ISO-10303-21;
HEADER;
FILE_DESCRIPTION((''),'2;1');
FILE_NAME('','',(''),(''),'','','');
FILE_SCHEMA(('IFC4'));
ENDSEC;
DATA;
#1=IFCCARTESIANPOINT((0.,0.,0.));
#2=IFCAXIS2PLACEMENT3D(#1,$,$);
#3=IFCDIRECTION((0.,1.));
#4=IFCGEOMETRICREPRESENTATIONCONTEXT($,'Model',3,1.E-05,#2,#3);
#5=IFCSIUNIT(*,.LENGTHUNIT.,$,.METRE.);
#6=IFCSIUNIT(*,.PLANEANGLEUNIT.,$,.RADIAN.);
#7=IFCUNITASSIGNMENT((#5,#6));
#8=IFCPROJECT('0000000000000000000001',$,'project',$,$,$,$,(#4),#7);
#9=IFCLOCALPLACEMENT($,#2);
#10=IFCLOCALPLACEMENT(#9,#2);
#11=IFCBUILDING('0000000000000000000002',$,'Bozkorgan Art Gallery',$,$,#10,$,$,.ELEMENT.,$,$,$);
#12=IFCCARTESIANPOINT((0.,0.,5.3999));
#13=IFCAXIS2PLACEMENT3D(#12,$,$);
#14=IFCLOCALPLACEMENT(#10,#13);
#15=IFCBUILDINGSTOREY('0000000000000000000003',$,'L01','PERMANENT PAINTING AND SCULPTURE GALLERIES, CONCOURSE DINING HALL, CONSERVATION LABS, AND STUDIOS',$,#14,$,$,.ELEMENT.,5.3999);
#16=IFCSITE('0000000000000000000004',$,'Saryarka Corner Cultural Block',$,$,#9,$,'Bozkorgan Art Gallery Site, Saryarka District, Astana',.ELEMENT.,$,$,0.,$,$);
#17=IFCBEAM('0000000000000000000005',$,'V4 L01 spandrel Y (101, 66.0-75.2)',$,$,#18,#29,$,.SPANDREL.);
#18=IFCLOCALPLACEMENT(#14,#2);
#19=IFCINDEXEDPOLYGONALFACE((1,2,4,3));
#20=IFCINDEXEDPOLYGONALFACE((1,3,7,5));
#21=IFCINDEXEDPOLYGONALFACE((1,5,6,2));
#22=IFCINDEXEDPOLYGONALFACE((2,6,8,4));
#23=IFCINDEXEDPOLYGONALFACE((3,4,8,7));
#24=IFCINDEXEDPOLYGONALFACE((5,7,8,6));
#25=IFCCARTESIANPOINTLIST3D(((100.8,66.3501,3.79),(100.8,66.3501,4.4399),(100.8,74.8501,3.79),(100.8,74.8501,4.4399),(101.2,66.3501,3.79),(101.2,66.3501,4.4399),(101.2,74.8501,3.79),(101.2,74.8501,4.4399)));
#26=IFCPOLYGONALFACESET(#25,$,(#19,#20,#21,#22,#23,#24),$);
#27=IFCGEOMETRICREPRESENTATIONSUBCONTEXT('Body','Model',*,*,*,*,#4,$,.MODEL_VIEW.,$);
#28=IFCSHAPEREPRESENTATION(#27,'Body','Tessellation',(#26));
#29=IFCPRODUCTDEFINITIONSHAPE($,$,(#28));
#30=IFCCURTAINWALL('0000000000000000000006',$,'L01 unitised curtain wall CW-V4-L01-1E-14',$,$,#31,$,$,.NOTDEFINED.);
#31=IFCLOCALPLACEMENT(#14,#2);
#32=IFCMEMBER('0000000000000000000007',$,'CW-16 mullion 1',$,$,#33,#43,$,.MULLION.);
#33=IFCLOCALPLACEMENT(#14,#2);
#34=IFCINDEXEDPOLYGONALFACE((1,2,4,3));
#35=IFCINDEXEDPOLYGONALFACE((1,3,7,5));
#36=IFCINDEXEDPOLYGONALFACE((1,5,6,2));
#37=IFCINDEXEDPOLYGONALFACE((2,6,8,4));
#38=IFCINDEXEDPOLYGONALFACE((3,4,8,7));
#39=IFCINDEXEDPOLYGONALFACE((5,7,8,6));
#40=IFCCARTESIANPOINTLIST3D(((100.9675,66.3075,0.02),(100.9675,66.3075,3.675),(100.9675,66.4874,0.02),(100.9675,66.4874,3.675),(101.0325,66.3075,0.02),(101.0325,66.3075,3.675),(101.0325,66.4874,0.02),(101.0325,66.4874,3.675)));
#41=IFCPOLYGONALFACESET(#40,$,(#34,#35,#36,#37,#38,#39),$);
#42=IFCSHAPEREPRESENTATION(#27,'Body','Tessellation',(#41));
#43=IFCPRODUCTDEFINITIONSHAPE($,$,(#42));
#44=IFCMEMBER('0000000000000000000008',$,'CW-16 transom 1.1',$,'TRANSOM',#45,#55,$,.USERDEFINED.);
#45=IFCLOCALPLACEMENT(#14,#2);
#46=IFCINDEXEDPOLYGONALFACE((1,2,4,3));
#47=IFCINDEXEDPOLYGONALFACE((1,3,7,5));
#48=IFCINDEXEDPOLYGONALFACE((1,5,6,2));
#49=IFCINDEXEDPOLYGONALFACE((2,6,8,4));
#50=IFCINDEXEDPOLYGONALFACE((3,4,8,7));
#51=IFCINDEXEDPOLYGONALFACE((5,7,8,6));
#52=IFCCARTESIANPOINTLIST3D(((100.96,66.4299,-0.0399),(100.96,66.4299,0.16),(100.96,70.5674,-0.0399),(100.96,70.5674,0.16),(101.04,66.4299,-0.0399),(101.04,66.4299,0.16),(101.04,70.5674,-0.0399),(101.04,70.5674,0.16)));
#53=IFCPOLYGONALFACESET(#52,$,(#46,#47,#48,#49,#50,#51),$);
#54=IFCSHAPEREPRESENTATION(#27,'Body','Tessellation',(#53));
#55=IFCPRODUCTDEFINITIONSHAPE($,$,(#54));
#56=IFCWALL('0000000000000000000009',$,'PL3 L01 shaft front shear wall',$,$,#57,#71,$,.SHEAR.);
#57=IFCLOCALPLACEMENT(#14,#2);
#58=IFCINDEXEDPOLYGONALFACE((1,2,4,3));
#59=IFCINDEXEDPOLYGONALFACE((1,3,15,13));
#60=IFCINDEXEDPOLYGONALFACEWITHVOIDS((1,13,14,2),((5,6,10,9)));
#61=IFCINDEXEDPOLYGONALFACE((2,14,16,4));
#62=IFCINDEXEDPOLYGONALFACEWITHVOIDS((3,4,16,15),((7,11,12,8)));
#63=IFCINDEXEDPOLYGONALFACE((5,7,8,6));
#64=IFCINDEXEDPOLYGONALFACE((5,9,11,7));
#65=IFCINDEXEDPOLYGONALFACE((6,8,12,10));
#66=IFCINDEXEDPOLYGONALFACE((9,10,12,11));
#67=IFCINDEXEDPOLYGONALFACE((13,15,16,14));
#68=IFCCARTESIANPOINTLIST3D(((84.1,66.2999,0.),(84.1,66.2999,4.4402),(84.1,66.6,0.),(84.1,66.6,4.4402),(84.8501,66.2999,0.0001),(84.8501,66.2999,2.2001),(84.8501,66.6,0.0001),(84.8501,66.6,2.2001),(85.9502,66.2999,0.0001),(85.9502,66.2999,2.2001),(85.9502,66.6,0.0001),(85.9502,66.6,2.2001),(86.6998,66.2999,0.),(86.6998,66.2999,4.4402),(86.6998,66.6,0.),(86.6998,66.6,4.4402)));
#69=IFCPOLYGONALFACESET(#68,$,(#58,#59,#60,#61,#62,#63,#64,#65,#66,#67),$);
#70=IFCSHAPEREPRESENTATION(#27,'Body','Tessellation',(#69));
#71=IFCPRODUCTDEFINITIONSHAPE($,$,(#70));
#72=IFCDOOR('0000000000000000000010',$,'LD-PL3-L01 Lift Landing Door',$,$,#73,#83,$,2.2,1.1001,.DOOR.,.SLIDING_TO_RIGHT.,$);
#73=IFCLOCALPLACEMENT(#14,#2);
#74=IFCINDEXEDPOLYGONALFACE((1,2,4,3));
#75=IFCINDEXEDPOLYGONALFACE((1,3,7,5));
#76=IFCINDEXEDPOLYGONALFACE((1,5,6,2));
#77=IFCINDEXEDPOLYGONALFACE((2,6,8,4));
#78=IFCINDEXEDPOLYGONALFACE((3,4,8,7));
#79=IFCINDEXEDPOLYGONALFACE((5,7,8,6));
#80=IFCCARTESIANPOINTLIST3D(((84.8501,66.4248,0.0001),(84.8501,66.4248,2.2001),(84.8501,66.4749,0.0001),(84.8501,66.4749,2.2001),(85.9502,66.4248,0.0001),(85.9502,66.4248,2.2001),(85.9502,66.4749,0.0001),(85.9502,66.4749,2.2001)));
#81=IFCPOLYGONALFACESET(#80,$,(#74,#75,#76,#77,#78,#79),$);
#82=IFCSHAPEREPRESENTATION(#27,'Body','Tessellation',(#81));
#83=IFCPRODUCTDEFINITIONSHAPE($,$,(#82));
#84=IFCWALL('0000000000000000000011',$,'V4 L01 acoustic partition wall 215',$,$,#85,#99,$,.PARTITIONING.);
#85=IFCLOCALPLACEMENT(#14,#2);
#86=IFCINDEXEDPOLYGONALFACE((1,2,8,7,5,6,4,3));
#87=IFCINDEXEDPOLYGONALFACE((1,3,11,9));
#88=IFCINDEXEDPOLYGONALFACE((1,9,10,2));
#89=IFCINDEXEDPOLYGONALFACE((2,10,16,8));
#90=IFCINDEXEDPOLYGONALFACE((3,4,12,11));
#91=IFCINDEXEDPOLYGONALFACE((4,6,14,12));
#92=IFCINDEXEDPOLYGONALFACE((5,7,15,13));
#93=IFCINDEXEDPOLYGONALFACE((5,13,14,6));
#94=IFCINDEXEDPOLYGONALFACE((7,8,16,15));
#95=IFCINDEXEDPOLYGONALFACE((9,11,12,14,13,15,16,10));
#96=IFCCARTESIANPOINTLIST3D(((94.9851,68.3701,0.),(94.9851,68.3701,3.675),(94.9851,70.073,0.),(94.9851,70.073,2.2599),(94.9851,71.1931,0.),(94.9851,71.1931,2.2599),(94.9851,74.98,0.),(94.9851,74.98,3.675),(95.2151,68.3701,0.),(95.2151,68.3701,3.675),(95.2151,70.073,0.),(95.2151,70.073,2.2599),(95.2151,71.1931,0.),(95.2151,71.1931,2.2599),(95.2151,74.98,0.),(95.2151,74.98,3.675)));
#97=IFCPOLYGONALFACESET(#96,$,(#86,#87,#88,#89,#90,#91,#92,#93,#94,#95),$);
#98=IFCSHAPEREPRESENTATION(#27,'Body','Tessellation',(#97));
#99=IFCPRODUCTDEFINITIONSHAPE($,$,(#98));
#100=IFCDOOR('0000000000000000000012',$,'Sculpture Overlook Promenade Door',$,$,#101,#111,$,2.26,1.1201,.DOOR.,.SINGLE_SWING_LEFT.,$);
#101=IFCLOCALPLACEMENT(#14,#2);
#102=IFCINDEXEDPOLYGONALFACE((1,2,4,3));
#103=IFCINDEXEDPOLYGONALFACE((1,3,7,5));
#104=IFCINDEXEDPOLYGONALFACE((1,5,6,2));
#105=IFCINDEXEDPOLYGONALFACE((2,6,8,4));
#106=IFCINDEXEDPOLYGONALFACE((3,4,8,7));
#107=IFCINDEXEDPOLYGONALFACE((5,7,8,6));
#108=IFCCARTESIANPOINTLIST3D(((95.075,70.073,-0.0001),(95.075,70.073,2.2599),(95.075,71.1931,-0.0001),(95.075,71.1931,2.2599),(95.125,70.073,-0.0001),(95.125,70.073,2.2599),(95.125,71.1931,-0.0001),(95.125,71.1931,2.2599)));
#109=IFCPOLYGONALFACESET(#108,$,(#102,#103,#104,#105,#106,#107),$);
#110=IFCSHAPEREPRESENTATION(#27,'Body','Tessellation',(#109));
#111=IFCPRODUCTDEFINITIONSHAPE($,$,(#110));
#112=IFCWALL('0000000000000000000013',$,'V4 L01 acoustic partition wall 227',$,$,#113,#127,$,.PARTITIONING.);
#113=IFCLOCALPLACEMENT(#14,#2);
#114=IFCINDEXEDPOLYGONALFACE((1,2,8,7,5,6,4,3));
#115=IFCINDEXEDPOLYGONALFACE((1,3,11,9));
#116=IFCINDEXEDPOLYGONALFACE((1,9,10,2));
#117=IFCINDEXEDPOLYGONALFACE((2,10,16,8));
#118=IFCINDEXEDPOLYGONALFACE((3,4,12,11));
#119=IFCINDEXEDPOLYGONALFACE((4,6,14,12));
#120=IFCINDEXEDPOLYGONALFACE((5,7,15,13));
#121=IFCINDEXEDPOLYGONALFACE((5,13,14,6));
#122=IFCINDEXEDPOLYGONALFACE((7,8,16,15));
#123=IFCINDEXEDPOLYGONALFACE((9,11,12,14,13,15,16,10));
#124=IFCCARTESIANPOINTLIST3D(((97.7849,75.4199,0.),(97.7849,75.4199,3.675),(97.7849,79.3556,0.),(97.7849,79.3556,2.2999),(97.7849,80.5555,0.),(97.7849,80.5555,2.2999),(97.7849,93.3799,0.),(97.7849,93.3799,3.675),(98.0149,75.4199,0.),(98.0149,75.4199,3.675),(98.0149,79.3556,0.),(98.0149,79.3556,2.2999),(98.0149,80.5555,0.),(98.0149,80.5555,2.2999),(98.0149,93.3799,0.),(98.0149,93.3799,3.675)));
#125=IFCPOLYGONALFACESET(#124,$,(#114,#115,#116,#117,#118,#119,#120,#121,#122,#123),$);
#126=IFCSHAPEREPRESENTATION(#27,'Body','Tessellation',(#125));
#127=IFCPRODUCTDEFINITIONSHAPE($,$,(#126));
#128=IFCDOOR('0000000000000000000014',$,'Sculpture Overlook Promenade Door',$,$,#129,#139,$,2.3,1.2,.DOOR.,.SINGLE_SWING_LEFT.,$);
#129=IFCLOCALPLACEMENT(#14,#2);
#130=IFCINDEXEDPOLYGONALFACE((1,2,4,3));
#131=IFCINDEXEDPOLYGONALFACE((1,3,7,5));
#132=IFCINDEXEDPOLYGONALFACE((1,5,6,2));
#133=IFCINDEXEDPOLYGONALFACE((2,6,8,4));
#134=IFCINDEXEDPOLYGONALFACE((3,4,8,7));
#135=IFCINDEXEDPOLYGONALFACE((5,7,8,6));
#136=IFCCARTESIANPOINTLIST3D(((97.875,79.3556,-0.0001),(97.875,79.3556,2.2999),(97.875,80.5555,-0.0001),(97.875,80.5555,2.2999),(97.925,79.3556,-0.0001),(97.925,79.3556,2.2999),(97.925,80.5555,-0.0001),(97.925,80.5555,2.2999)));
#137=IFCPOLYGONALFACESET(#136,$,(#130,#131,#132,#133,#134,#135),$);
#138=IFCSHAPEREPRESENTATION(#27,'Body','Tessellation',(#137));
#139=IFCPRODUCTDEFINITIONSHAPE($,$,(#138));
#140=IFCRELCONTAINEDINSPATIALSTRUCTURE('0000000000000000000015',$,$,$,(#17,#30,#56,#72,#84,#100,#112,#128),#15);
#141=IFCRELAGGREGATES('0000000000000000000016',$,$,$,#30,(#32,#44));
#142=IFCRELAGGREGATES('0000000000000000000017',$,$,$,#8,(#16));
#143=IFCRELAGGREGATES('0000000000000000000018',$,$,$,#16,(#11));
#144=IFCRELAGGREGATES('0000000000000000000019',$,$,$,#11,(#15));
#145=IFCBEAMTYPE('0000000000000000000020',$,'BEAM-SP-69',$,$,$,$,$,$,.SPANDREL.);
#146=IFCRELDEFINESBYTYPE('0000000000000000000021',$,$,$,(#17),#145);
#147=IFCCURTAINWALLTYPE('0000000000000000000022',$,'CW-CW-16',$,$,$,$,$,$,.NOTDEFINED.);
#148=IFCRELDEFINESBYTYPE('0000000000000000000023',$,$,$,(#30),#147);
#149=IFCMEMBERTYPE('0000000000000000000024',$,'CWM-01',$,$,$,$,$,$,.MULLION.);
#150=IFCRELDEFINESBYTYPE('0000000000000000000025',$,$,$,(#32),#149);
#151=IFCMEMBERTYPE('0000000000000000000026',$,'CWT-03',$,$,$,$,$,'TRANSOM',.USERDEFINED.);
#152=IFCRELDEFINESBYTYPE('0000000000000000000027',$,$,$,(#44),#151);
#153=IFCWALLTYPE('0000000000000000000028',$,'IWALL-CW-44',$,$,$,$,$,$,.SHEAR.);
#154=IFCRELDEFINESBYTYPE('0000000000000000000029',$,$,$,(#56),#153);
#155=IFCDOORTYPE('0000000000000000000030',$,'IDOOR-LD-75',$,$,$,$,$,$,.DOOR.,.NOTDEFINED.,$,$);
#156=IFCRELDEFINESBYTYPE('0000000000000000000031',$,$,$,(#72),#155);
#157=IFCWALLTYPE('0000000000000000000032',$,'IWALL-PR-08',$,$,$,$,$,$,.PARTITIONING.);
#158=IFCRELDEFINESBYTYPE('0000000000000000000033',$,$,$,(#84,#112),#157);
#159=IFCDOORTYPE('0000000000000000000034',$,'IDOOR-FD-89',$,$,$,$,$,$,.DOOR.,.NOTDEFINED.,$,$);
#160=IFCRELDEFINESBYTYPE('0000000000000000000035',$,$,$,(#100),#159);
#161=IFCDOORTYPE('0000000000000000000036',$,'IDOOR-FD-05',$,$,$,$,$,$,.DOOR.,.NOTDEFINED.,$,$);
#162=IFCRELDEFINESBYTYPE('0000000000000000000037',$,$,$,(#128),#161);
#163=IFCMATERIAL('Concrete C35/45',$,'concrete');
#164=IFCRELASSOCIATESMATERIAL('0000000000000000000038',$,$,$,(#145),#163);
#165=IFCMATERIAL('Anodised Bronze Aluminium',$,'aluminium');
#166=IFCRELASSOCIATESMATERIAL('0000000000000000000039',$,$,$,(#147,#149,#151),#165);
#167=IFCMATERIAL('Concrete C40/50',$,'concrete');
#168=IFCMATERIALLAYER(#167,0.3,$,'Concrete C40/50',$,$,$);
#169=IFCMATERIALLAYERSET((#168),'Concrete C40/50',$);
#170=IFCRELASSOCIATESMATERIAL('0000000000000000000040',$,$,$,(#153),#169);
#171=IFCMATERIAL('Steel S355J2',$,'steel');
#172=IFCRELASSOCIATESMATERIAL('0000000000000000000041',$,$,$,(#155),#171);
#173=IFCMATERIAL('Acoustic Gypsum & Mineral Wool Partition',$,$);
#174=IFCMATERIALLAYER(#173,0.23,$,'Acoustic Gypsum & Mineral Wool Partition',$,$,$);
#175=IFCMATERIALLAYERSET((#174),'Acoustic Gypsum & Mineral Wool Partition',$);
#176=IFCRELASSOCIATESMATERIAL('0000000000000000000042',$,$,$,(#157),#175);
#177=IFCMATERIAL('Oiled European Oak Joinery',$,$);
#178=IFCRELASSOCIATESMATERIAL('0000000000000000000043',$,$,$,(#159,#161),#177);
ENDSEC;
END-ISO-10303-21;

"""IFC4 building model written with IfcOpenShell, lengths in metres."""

from ifc_helpers import new_model, si_unit, direction, frame, frame_2d, origin, origin_2d, place, context, subcontext, project, spatial, rectangle, extrude, material, layer, layer_set, material_profile, profile_set, type_object, element, fill, aggregate, save


model = new_model("IFC4")

# Units and contexts
model_context = context("Model", 3, precision=1e-05, world=origin(), true_north=direction((0.0, 1.0)))
body_context = subcontext(model_context, "Body", "Model", "MODEL_VIEW")
ifc_project = project(units=[si_unit("LENGTHUNIT", "METRE"), si_unit("PLANEANGLEUNIT", "RADIAN")], contexts=[model_context])

# Site, building, storey
site_placement = place(None, origin())
site = spatial("IfcSite", under=ifc_project, at=site_placement, Name="Saryarka Corner Cultural Block", LongName="Bozkorgan Art Gallery Site, Saryarka District, Astana", CompositionType="ELEMENT", RefElevation=0.0)
building_placement = place(site_placement, origin())
building = spatial("IfcBuilding", under=site, at=building_placement, Name="Bozkorgan Art Gallery", CompositionType="ELEMENT")
storey_placement = place(building_placement, frame((0.0, 0.0, 5.3999)))
storey = spatial("IfcBuildingStorey", under=building, at=storey_placement, Name="L01", Description="PERMANENT PAINTING AND SCULPTURE GALLERIES, CONCOURSE DINING HALL, CONSERVATION LABS, AND STUDIOS", CompositionType="ELEMENT", Elevation=5.3999)

# Shared definitions
ifc_material_1 = material(Name="Concrete C40/50", Category="concrete")

# Beam
ifc_material_2 = material(Name="Concrete C35/45", Category="concrete")
ifc_material_3 = material(Name="Steel S355J2", Category="steel")
ifc_material_profile_1 = material_profile(ifc_material_2, rectangle(XDim=0.3999, YDim=0.6499, at=origin_2d()), Name="RC 400x650")
ifc_profile_set_1 = profile_set([ifc_material_profile_1], Name="Concrete C35/45")
beam_type_1 = type_object("IfcBeamType", Name="BEAM-SP-69", PredefinedType="SPANDREL", material=ifc_profile_set_1)
beam_1_placement = place(storey_placement, frame((101.0, 66.3501, 4.115), z_axis=(0.0, 1.0, 0.0), x_axis=(-1.0, 0.0, 0.0)))
element("IfcBeam", 1, at=beam_1_placement, inside=storey, type_object=beam_type_1, Name="V4 L01 spandrel Y (101, 66.0-75.2)", PredefinedType="SPANDREL", context=body_context, shape_type="SweptSolid", body=[
    extrude(rectangle(XDim=0.3999, YDim=0.6499, at=origin_2d()), origin(), (0.0, 0.0, 1.0), 8.5),
])

# Curtain wall, members
ifc_material_4 = material(Name="Anodised Bronze Aluminium", Category="aluminium")
curtain_wall_type = type_object("IfcCurtainWallType", Name="CW-CW-16", PredefinedType="NOTDEFINED", material=ifc_material_4)
curtain_wall_placement = place(storey_placement, origin())
curtain_wall = element("IfcCurtainWall", 2, at=curtain_wall_placement, inside=storey, type_object=curtain_wall_type, Name="L01 unitised curtain wall CW-V4-L01-1E-14", PredefinedType="NOTDEFINED")
ifc_material_profile_2 = material_profile(ifc_material_4, rectangle(XDim=0.0649, YDim=0.1799, at=origin_2d()), Name="ALU MULLION 65x180")
ifc_profile_set_2 = profile_set([ifc_material_profile_2], Name="Anodised Bronze Aluminium")
member_type_1 = type_object("IfcMemberType", Name="CWM-01", PredefinedType="MULLION", material=ifc_profile_set_2)
member_1_placement = place(storey_placement, frame((101.0, 66.3975, 0.02), z_axis=(0.0, 0.0, 1.0), x_axis=(-1.0, 0.0, 0.0)))
member_1 = element("IfcMember", 3, at=member_1_placement, type_object=member_type_1, Name="CW-16 mullion 1", PredefinedType="MULLION", context=body_context, shape_type="SweptSolid", body=[
    extrude(rectangle(XDim=0.0649, YDim=0.1799, at=origin_2d()), origin(), (0.0, 0.0, 1.0), 3.655),
])
ifc_material_profile_3 = material_profile(ifc_material_4, rectangle(XDim=0.0801, YDim=0.2, at=origin_2d()), Name="ALU TRANSOM 80x200")
ifc_profile_set_3 = profile_set([ifc_material_profile_3], Name="Anodised Bronze Aluminium")
member_type_2 = type_object("IfcMemberType", Name="CWT-03", ElementType="TRANSOM", PredefinedType="USERDEFINED", material=ifc_profile_set_3)
member_2_placement = place(storey_placement, frame((101.0, 66.4299, 0.0601), z_axis=(0.0, 1.0, 0.0), x_axis=(-1.0, 0.0, 0.0)))
member_2 = element("IfcMember", 4, at=member_2_placement, type_object=member_type_2, Name="CW-16 transom 1.1", ObjectType="TRANSOM", PredefinedType="USERDEFINED", context=body_context, shape_type="SweptSolid", body=[
    extrude(rectangle(XDim=0.0801, YDim=0.2, at=origin_2d()), origin(), (0.0, 0.0, 1.0), 4.1375),
])
aggregate(curtain_wall, [member_1, member_2])

# Walls, openings, doors
ifc_layer_1 = layer(ifc_material_1, 0.3, Name="Concrete C40/50")
ifc_layer_set_1 = layer_set([ifc_layer_1], Name="Concrete C40/50")
wall_type_1 = type_object("IfcWallType", Name="IWALL-CW-44", PredefinedType="SHEAR", material=ifc_layer_set_1)
wall_1_placement = place(storey_placement, frame((84.1001, 66.45, 0.0), z_axis=(0.0, 0.0, 1.0), x_axis=(1.0, 0.0, 0.0)))
wall_1 = element("IfcWall", 5, at=wall_1_placement, inside=storey, type_object=wall_type_1, Name="PL3 L01 shaft front shear wall", PredefinedType="SHEAR", context=body_context, shape_type="SweptSolid", body=[
    extrude(rectangle(XDim=2.5999, YDim=0.3, at=frame_2d((1.2998, 0.0))), origin(), (0.0, 0.0, 1.0), 4.4402),
])
opening_1_placement = place(wall_1_placement, frame((0.75, 0.0, 0.0)))
opening_1 = element("IfcOpeningElement", 6, at=opening_1_placement, cuts=wall_1, PredefinedType="OPENING", context=body_context, shape_type="SweptSolid", body=[
    extrude(rectangle(XDim=1.1001, YDim=2.2, at=frame_2d((0.55, 1.1001))), frame((0.0, 0.1602, 0.0), z_axis=(0.0, -1.0, 0.0), x_axis=(1.0, 0.0, 0.0)), (0.0, 0.0, 1.0), 0.3201),
])
door_type_1 = type_object("IfcDoorType", Name="IDOOR-LD-75", OperationType="NOTDEFINED", PredefinedType="DOOR", material=ifc_material_3)
door_1_placement = place(opening_1_placement, origin())
door_1 = element("IfcDoor", 7, at=door_1_placement, inside=storey, type_object=door_type_1, Name="LD-PL3-L01 Lift Landing Door", OperationType="SLIDING_TO_RIGHT", OverallHeight=2.2, OverallWidth=1.1001, PredefinedType="DOOR", context=body_context, shape_type="SweptSolid", body=[
    extrude(rectangle(XDim=1.1001, YDim=2.2, at=frame_2d((0.55, 1.1001))), frame((0.0, 0.0249, 0.0), z_axis=(0.0, -1.0, 0.0), x_axis=(1.0, 0.0, 0.0)), (0.0, 0.0, 1.0), 0.05),
])
fill(opening_1, door_1)
ifc_material_5 = material(Name="Acoustic Gypsum & Mineral Wool Partition")
ifc_layer_2 = layer(ifc_material_5, 0.23, Name="Acoustic Gypsum & Mineral Wool Partition")
ifc_layer_set_2 = layer_set([ifc_layer_2], Name="Acoustic Gypsum & Mineral Wool Partition")
wall_type_2 = type_object("IfcWallType", Name="IWALL-PR-08", PredefinedType="PARTITIONING", material=ifc_layer_set_2)
wall_2_placement = place(storey_placement, frame((95.1001, 68.3701, 0.0), z_axis=(0.0, 0.0, 1.0), x_axis=(0.0, 1.0, 0.0)))
wall_2 = element("IfcWall", 8, at=wall_2_placement, inside=storey, type_object=wall_type_2, Name="V4 L01 acoustic partition wall 215", PredefinedType="PARTITIONING", context=body_context, shape_type="SweptSolid", body=[
    extrude(rectangle(XDim=6.6099, YDim=0.23, at=frame_2d((3.3049, 0.0))), origin(), (0.0, 0.0, 1.0), 3.675),
])
opening_2_placement = place(wall_2_placement, frame((2.823, 0.0, 0.0), z_axis=(0.0, 0.0, 1.0), x_axis=(-1.0, 0.0, 0.0)))
opening_2 = element("IfcOpeningElement", 9, at=opening_2_placement, cuts=wall_2, PredefinedType="OPENING", context=body_context, shape_type="SweptSolid", body=[
    extrude(rectangle(XDim=1.1201, YDim=2.26, at=frame_2d((0.5601, 1.1299))), frame((0.0, 0.125, 0.0), z_axis=(0.0, -1.0, 0.0), x_axis=(1.0, 0.0, 0.0)), (0.0, 0.0, 1.0), 0.25),
])
ifc_material_6 = material(Name="Oiled European Oak Joinery")
door_type_2 = type_object("IfcDoorType", Name="IDOOR-FD-89", OperationType="NOTDEFINED", PredefinedType="DOOR", material=ifc_material_6)
door_2_placement = place(opening_2_placement, origin())
door_2 = element("IfcDoor", 10, at=door_2_placement, inside=storey, type_object=door_type_2, Name="Sculpture Overlook Promenade Door", OperationType="SINGLE_SWING_LEFT", OverallHeight=2.26, OverallWidth=1.1201, PredefinedType="DOOR", context=body_context, shape_type="SweptSolid", body=[
    extrude(rectangle(XDim=1.1201, YDim=2.26, at=frame_2d((0.5601, 1.1299))), frame((0.0, 0.0249, 0.0), z_axis=(0.0, -1.0, 0.0), x_axis=(1.0, 0.0, 0.0)), (0.0, 0.0, 1.0), 0.05),
])
fill(opening_2, door_2)
wall_3_placement = place(storey_placement, frame((97.8999, 75.4199, 0.0), z_axis=(0.0, 0.0, 1.0), x_axis=(0.0, 1.0, 0.0)))
wall_3 = element("IfcWall", 11, at=wall_3_placement, inside=storey, type_object=wall_type_2, Name="V4 L01 acoustic partition wall 227", PredefinedType="PARTITIONING", context=body_context, shape_type="SweptSolid", body=[
    extrude(rectangle(XDim=17.96, YDim=0.23, at=frame_2d((8.98, 0.0))), origin(), (0.0, 0.0, 1.0), 3.675),
])
opening_3_placement = place(wall_3_placement, frame((3.9355, 0.0, 0.0)))
opening_3 = element("IfcOpeningElement", 12, at=opening_3_placement, cuts=wall_3, PredefinedType="OPENING", context=body_context, shape_type="SweptSolid", body=[
    extrude(rectangle(XDim=1.2, YDim=2.3, at=frame_2d((0.6001, 1.1499))), frame((0.0, 0.125, 0.0), z_axis=(0.0, -1.0, 0.0), x_axis=(1.0, 0.0, 0.0)), (0.0, 0.0, 1.0), 0.25),
])
door_type_3 = type_object("IfcDoorType", Name="IDOOR-FD-05", OperationType="NOTDEFINED", PredefinedType="DOOR", material=ifc_material_6)
door_3_placement = place(opening_3_placement, origin())
door_3 = element("IfcDoor", 13, at=door_3_placement, inside=storey, type_object=door_type_3, Name="Sculpture Overlook Promenade Door", OperationType="SINGLE_SWING_LEFT", OverallHeight=2.3, OverallWidth=1.2, PredefinedType="DOOR", context=body_context, shape_type="SweptSolid", body=[
    extrude(rectangle(XDim=1.2, YDim=2.3, at=frame_2d((0.6001, 1.1499))), frame((0.0, 0.0249, 0.0), z_axis=(0.0, -1.0, 0.0), x_axis=(1.0, 0.0, 0.0)), (0.0, 0.0, 1.0), 0.05),
])
fill(opening_3, door_3)

save(model, "model.ifc")
